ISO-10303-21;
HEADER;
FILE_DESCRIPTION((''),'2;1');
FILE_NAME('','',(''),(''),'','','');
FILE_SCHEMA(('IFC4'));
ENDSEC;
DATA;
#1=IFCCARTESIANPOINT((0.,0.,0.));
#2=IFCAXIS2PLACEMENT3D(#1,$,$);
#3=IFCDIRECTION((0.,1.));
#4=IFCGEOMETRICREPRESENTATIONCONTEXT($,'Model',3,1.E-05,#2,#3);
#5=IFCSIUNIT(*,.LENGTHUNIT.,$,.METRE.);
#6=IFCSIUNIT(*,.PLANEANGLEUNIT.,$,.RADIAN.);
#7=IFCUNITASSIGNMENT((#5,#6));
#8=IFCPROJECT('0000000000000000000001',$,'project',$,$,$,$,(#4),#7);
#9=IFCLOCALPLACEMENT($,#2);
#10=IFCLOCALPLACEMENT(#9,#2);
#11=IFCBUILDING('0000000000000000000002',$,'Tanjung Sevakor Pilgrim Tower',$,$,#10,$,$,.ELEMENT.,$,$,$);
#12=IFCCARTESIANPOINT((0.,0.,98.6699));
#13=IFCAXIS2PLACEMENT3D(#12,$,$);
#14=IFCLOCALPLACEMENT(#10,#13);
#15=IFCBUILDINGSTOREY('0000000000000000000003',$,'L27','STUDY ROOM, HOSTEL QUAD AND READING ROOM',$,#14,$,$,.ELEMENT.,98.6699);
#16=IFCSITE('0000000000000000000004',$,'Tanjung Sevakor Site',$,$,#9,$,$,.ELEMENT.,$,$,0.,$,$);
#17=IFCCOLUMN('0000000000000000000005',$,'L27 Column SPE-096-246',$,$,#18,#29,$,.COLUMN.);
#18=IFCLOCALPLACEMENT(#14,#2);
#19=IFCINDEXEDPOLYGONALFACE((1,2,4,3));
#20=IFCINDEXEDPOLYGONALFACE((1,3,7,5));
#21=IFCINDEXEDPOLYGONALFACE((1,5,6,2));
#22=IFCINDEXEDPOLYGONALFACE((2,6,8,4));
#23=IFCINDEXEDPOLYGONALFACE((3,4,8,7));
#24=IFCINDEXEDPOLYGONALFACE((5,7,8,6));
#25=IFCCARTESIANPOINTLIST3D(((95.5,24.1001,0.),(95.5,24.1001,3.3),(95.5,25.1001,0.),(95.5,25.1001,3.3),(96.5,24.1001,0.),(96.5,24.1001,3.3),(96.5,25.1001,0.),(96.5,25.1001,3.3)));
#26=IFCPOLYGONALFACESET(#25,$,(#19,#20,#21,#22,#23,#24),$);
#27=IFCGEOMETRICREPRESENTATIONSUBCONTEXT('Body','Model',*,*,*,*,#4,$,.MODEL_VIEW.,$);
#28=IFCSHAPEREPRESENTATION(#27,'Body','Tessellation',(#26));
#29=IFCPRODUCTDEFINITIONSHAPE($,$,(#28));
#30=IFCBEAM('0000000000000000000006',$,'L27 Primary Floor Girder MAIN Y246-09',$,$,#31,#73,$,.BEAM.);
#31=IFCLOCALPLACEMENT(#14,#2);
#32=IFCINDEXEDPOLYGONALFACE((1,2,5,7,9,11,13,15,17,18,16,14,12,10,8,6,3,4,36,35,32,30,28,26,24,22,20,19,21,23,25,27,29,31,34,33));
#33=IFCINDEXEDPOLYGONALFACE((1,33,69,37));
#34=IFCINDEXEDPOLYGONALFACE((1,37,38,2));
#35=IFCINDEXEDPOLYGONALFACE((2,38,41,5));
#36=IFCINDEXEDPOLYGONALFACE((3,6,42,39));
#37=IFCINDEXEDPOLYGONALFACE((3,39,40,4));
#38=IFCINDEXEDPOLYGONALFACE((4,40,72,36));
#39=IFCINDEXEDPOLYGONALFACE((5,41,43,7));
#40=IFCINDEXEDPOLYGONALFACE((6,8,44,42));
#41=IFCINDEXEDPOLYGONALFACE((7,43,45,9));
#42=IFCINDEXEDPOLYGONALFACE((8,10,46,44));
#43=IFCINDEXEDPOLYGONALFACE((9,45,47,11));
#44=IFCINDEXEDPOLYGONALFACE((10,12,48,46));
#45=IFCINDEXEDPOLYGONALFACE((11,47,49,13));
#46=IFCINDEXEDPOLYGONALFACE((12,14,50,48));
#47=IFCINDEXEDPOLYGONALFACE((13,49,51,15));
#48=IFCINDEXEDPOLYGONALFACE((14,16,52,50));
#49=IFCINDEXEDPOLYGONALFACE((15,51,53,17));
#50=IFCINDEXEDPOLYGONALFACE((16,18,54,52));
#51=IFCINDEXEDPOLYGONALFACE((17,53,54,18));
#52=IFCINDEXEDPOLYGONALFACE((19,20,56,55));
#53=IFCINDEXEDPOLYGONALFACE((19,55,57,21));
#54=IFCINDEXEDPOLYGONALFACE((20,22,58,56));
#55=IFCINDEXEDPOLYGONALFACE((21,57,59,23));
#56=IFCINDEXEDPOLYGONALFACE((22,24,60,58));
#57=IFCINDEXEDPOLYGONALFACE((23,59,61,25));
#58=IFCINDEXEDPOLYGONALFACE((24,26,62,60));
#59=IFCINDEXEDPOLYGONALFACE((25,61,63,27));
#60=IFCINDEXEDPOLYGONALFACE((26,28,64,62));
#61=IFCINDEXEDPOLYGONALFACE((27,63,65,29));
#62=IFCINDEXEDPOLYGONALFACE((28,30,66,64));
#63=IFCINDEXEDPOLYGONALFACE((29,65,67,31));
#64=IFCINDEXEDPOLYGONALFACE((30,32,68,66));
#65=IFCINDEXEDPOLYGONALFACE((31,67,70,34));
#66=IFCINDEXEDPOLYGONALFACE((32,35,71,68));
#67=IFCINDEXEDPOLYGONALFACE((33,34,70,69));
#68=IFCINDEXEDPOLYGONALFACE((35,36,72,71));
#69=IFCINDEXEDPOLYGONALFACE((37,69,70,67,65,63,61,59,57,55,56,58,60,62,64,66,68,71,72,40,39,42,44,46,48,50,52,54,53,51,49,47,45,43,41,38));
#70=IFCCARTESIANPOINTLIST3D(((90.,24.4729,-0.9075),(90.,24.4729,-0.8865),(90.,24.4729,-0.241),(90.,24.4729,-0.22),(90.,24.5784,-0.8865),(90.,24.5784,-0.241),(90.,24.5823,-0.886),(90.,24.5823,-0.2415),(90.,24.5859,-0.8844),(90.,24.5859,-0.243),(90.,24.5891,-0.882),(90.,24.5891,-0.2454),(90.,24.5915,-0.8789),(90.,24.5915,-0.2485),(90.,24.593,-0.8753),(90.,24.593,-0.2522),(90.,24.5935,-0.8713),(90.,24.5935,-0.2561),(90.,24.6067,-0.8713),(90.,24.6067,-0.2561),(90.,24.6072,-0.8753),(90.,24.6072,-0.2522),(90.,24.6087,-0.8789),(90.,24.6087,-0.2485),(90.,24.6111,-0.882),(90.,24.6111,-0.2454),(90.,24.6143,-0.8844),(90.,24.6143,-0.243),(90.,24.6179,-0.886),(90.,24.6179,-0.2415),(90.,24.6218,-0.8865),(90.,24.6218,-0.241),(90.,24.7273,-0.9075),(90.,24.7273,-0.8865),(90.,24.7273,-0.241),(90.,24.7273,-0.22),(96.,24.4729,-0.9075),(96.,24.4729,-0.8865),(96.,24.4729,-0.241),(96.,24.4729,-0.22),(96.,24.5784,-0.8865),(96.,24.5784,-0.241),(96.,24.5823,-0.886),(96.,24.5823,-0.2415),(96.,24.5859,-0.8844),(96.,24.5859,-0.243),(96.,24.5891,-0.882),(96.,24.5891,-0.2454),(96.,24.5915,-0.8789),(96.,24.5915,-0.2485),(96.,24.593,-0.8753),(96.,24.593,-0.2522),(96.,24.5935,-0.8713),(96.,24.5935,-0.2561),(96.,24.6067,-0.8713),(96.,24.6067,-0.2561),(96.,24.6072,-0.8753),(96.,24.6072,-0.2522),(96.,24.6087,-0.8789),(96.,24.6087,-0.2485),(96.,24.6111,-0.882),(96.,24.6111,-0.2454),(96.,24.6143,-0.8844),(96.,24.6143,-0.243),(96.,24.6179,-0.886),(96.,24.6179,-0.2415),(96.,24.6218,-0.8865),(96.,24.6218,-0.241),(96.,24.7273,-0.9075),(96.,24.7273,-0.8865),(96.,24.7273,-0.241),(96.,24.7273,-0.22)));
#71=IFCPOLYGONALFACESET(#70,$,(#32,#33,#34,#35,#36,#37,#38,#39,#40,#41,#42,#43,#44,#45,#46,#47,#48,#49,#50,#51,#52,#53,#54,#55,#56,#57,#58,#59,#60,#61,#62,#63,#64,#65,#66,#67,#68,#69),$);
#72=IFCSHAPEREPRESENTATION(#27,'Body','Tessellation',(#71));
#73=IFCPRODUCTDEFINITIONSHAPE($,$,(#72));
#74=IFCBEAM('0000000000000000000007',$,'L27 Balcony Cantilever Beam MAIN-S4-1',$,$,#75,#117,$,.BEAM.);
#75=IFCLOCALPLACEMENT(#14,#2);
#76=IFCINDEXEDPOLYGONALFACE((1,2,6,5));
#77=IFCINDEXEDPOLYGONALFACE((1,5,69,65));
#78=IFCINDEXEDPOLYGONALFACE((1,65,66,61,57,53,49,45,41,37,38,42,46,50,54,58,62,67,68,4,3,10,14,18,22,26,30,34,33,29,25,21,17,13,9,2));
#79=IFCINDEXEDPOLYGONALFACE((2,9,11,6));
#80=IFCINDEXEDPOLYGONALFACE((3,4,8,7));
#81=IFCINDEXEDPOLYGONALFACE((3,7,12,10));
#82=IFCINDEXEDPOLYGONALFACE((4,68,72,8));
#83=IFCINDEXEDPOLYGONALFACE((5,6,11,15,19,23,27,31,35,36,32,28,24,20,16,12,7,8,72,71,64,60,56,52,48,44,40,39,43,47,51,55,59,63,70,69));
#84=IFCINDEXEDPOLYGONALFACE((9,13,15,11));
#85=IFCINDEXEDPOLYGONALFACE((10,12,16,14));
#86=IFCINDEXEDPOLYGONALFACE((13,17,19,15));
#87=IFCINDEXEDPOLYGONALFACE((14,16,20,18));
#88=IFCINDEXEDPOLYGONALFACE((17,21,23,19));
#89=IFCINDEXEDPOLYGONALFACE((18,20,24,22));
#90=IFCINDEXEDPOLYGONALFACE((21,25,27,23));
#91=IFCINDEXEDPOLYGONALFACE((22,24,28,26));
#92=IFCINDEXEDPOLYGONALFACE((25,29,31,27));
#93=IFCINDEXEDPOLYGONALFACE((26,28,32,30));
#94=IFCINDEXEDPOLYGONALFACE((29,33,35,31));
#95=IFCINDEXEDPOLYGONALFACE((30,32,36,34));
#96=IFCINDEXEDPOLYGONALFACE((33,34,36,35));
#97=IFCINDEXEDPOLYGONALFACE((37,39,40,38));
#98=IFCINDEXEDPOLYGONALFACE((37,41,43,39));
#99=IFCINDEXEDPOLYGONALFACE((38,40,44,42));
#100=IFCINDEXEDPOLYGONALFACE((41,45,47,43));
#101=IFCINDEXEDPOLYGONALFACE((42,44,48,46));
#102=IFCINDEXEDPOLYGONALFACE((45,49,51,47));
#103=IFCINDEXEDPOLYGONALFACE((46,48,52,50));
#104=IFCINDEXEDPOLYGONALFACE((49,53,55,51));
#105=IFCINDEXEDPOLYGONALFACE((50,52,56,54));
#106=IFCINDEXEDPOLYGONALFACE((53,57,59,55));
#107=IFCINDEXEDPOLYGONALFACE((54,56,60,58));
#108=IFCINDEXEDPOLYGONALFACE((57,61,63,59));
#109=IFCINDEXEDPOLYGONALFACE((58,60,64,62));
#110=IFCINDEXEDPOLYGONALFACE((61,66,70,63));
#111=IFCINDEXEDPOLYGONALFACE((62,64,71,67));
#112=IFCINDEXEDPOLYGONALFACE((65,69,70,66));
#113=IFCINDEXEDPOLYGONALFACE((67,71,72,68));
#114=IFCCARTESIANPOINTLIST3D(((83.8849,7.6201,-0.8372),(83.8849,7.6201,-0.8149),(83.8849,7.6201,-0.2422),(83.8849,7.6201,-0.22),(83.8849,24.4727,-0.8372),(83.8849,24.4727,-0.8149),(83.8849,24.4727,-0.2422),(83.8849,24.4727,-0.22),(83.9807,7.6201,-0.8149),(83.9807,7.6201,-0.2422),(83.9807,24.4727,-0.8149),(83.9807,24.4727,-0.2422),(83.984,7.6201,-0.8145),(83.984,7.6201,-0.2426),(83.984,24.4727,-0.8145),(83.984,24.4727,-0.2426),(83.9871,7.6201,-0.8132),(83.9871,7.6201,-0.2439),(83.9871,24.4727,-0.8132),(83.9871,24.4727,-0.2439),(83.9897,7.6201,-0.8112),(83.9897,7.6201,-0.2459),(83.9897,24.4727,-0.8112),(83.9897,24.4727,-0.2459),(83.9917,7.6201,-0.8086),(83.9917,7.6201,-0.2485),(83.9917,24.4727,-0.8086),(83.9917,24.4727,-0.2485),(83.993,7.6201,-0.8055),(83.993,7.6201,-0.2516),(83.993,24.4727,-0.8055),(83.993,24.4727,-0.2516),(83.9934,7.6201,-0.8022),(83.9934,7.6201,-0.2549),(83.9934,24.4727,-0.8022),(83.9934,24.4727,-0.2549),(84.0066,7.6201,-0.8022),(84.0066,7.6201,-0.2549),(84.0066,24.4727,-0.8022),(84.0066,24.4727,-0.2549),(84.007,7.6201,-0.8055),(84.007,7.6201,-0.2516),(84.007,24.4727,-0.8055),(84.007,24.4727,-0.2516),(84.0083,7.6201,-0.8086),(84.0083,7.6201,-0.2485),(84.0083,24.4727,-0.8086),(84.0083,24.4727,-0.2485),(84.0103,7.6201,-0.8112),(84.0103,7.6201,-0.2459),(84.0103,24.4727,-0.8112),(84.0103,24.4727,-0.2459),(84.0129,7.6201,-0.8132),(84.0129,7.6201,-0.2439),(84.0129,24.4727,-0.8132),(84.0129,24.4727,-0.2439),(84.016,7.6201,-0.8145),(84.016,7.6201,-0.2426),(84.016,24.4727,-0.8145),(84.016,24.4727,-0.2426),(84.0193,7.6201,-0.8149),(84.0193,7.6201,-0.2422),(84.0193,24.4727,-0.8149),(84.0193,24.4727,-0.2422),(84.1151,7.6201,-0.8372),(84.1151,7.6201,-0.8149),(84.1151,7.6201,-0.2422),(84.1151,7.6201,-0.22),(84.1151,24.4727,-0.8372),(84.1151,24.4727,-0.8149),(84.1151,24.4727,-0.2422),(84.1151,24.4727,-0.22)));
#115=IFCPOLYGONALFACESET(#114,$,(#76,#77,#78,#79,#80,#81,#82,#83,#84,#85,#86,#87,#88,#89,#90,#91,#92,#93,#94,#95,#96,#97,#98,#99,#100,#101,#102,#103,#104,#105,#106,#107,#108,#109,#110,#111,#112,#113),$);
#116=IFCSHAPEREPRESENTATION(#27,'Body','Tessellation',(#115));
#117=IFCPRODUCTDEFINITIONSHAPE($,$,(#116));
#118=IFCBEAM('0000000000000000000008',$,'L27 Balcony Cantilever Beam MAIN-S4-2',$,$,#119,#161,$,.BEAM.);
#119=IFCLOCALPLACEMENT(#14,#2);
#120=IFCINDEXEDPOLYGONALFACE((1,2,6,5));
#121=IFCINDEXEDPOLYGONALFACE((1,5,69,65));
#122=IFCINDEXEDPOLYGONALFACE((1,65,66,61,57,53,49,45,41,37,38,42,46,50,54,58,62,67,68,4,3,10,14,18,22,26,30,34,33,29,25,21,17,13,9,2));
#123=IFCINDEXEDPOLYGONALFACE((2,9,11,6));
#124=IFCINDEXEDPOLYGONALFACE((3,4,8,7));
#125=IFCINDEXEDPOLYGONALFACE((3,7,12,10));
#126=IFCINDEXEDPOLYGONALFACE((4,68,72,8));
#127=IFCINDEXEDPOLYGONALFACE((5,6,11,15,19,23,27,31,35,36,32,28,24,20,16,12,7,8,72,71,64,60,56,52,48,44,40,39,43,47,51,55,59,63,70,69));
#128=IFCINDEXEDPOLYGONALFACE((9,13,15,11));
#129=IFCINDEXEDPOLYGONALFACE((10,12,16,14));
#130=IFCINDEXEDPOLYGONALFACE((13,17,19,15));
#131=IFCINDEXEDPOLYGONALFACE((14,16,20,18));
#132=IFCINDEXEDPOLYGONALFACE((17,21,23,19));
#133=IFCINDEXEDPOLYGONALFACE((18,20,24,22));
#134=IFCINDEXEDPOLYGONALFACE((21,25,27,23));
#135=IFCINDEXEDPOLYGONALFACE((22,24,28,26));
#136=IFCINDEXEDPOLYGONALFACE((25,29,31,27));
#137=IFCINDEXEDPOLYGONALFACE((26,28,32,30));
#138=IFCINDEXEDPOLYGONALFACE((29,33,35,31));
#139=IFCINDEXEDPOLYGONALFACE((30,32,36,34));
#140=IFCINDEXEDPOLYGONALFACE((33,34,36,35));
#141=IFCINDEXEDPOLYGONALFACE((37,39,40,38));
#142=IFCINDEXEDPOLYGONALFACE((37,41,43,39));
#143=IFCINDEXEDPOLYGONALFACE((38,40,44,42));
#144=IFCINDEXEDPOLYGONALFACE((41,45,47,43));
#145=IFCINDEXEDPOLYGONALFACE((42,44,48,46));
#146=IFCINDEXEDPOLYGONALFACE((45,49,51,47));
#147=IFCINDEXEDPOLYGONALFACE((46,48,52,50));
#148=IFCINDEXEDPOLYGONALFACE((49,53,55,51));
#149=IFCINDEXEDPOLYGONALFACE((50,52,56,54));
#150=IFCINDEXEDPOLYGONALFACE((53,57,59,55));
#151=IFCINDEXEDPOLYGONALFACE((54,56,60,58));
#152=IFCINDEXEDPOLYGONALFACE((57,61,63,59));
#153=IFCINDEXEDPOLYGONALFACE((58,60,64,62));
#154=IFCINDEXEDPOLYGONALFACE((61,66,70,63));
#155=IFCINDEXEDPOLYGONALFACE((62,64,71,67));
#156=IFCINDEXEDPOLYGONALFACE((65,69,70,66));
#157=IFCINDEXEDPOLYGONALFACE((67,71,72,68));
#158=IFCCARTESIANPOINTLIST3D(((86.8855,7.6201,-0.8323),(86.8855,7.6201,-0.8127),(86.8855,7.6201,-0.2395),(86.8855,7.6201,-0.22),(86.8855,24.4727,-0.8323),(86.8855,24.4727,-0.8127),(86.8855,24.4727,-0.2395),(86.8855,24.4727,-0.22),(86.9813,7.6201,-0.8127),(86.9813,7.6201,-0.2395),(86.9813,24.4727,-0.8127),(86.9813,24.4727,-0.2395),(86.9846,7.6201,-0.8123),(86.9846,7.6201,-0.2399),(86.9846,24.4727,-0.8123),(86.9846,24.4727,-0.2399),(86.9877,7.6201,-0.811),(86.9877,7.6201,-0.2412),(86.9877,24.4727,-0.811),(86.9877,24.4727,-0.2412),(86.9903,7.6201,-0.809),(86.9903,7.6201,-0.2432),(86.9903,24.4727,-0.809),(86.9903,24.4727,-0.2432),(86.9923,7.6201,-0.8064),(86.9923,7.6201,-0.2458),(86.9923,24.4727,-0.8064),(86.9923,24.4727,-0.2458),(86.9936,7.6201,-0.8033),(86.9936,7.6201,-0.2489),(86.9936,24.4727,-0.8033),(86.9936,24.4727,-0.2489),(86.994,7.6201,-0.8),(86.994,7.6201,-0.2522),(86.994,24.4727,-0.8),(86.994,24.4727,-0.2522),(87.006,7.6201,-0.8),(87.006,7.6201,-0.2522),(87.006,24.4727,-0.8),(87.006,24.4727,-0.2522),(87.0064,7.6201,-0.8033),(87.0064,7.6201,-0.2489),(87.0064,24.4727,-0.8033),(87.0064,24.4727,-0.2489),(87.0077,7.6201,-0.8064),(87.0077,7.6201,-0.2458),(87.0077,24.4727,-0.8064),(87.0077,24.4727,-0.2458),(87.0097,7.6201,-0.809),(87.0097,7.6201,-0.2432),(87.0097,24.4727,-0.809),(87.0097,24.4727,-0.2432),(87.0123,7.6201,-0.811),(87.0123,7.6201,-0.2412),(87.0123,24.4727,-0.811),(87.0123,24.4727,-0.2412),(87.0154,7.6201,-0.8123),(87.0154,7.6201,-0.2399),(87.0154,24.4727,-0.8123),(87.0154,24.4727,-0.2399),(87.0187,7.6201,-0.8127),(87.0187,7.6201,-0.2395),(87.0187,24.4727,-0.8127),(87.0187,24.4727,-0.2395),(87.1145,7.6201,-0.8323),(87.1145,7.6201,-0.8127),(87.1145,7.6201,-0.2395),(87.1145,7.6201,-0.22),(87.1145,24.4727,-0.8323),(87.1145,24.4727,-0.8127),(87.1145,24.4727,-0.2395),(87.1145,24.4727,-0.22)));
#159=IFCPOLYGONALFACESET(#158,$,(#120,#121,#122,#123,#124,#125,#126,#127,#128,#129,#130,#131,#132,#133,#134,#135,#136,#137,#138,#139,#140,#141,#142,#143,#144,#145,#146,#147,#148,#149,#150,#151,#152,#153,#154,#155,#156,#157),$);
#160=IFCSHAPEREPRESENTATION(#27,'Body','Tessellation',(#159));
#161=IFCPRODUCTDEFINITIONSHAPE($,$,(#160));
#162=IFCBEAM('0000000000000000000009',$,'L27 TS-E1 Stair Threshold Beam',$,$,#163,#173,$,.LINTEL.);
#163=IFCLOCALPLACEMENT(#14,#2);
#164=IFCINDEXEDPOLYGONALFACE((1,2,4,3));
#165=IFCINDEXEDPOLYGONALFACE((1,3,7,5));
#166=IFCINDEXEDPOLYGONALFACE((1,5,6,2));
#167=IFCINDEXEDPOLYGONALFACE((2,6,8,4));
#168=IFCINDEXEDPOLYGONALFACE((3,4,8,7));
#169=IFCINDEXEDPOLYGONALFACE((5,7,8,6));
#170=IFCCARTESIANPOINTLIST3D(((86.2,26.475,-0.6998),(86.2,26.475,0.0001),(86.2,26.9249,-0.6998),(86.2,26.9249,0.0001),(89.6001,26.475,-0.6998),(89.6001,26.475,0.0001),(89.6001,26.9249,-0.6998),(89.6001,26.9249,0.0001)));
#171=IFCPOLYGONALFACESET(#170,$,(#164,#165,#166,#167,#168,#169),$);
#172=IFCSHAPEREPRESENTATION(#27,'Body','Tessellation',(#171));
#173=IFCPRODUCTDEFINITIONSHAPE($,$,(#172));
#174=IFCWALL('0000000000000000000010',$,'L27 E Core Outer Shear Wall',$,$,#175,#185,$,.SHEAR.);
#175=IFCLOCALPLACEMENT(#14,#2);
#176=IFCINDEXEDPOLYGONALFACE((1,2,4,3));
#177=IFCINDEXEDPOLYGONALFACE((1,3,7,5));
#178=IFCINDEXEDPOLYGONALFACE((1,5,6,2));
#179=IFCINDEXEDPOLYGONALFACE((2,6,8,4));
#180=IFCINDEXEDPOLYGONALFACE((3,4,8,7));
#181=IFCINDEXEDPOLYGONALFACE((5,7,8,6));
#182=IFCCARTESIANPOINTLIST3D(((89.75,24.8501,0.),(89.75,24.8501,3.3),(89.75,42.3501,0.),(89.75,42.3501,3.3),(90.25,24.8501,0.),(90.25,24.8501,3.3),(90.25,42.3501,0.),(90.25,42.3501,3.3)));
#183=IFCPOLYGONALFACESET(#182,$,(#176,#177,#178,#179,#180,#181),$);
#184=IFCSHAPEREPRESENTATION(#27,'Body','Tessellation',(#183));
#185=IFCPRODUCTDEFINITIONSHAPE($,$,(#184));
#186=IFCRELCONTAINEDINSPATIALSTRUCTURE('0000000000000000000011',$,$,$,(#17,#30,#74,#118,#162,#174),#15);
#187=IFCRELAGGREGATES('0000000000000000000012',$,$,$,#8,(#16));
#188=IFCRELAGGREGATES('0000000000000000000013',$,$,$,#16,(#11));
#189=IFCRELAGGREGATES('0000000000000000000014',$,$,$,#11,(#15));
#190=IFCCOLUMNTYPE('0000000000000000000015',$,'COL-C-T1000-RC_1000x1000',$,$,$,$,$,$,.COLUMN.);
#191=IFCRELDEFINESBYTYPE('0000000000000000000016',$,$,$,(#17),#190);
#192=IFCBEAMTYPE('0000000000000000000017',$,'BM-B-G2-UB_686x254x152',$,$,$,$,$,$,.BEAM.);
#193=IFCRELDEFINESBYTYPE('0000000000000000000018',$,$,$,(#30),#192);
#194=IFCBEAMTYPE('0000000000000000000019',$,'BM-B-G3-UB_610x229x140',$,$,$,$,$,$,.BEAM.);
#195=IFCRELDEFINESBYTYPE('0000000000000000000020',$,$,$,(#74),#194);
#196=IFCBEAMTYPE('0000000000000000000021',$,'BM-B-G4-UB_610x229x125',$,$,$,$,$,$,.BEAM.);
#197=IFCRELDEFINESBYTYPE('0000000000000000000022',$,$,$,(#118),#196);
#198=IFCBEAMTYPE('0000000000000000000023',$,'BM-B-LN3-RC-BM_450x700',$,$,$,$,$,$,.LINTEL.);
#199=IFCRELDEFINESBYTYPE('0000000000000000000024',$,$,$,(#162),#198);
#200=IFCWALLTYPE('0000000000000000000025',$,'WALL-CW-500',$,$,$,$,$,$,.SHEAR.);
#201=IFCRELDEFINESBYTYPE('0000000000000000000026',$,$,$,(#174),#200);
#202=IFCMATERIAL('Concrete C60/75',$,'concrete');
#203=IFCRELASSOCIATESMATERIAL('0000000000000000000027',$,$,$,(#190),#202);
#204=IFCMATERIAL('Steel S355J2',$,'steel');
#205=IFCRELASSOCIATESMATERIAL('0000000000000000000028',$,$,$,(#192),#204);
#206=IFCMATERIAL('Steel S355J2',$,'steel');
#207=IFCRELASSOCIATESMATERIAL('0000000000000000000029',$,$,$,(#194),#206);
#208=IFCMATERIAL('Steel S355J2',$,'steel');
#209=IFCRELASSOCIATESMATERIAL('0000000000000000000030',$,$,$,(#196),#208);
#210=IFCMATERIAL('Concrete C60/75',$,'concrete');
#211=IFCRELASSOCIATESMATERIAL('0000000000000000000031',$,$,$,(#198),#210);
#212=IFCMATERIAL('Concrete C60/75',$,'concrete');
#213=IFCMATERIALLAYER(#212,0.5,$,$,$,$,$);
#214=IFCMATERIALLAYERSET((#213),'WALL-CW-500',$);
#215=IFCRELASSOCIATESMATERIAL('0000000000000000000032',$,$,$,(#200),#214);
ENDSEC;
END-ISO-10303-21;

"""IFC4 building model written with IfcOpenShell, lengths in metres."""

from ifc_helpers import new_model, si_unit, direction, frame, frame_2d, origin, origin_2d, place, context, subcontext, project, spatial, rectangle, i_section, extrude, material, layer, layer_set, material_profile, profile_set, type_object, element, save


model = new_model("IFC4")

# Units and contexts
model_context = context("Model", 3, precision=1e-05, world=origin(), true_north=direction((0.0, 1.0)))
body_context = subcontext(model_context, "Body", "Model", "MODEL_VIEW")
ifc_project = project(units=[si_unit("LENGTHUNIT", "METRE"), si_unit("PLANEANGLEUNIT", "RADIAN")], contexts=[model_context])

# Site, building, storey
site_placement = place(None, origin())
site = spatial("IfcSite", under=ifc_project, at=site_placement, Name="Tanjung Sevakor Site", CompositionType="ELEMENT", RefElevation=0.0)
building_placement = place(site_placement, origin())
building = spatial("IfcBuilding", under=site, at=building_placement, Name="Tanjung Sevakor Pilgrim Tower", CompositionType="ELEMENT")
storey_placement = place(building_placement, frame((0.0, 0.0, 98.6699)))
storey = spatial("IfcBuildingStorey", under=building, at=storey_placement, Name="L27", Description="STUDY ROOM, HOSTEL QUAD AND READING ROOM", CompositionType="ELEMENT", Elevation=98.6699)

# Column
ifc_material_1 = material(Name="Concrete C60/75", Category="concrete")
ifc_material_profile_1 = material_profile(ifc_material_1, rectangle(XDim=1.0, YDim=1.0, at=origin_2d()))
ifc_profile_set_1 = profile_set([ifc_material_profile_1], Name="Concrete C60/75")
column_type = type_object("IfcColumnType", Name="COL-C-T1000-RC_1000x1000", PredefinedType="COLUMN", material=ifc_profile_set_1)
column_placement = place(storey_placement, frame((96.0, 24.6001, 0.0), z_axis=(0.0, 0.0, 1.0), x_axis=(1.0, 0.0, 0.0)))
element("IfcColumn", 1, at=column_placement, inside=storey, type_object=column_type, Name="L27 Column SPE-096-246", PredefinedType="COLUMN", context=body_context, shape_type="SweptSolid", body=[
    extrude(rectangle(XDim=1.0, YDim=1.0, at=origin_2d()), origin(), (0.0, 0.0, 1.0), 3.3),
])

# Beams
ifc_material_2 = material(Name="Steel S355J2", Category="steel")
ifc_material_profile_2 = material_profile(ifc_material_2, i_section(OverallWidth=0.2544, OverallDepth=0.6875, WebThickness=0.0132, FlangeThickness=0.021, FilletRadius=0.0151, at=origin_2d()))
ifc_profile_set_2 = profile_set([ifc_material_profile_2], Name="Steel S355J2")
beam_type_1 = type_object("IfcBeamType", Name="BM-B-G2-UB_686x254x152", PredefinedType="BEAM", material=ifc_profile_set_2)
beam_1_placement = place(storey_placement, frame((90.0, 24.6001, -0.5637), z_axis=(1.0, 0.0, 0.0), x_axis=(0.0, 1.0, 0.0)))
element("IfcBeam", 2, at=beam_1_placement, inside=storey, type_object=beam_type_1, Name="L27 Primary Floor Girder MAIN Y246-09", PredefinedType="BEAM", context=body_context, shape_type="SweptSolid", body=[
    extrude(i_section(OverallWidth=0.2544, OverallDepth=0.6875, WebThickness=0.0132, FlangeThickness=0.021, FilletRadius=0.0151, at=origin_2d()), origin(), (0.0, 0.0, 1.0), 6.0),
])
ifc_material_3 = material(Name="Steel S355J2", Category="steel")
ifc_material_profile_3 = material_profile(ifc_material_3, i_section(OverallWidth=0.2302, OverallDepth=0.6172, WebThickness=0.0132, FlangeThickness=0.0222, FilletRadius=0.0127, at=origin_2d()))
ifc_profile_set_3 = profile_set([ifc_material_profile_3], Name="Steel S355J2")
beam_type_2 = type_object("IfcBeamType", Name="BM-B-G3-UB_610x229x140", PredefinedType="BEAM", material=ifc_profile_set_3)
beam_2_placement = place(storey_placement, frame((84.0, 24.4727, -0.5286), z_axis=(0.0, -1.0, 0.0), x_axis=(1.0, 0.0, 0.0)))
element("IfcBeam", 3, at=beam_2_placement, inside=storey, type_object=beam_type_2, Name="L27 Balcony Cantilever Beam MAIN-S4-1", PredefinedType="BEAM", context=body_context, shape_type="SweptSolid", body=[
    extrude(i_section(OverallWidth=0.2302, OverallDepth=0.6172, WebThickness=0.0132, FlangeThickness=0.0222, FilletRadius=0.0127, at=origin_2d()), origin(), (0.0, 0.0, 1.0), 16.8525),
])
ifc_material_4 = material(Name="Steel S355J2", Category="steel")
ifc_material_profile_4 = material_profile(ifc_material_4, i_section(OverallWidth=0.229, OverallDepth=0.6123, WebThickness=0.012, FlangeThickness=0.0195, FilletRadius=0.0127, at=origin_2d()))
ifc_profile_set_4 = profile_set([ifc_material_profile_4], Name="Steel S355J2")
beam_type_3 = type_object("IfcBeamType", Name="BM-B-G4-UB_610x229x125", PredefinedType="BEAM", material=ifc_profile_set_4)
beam_3_placement = place(storey_placement, frame((87.0, 24.4727, -0.5261), z_axis=(0.0, -1.0, 0.0), x_axis=(1.0, 0.0, 0.0)))
element("IfcBeam", 4, at=beam_3_placement, inside=storey, type_object=beam_type_3, Name="L27 Balcony Cantilever Beam MAIN-S4-2", PredefinedType="BEAM", context=body_context, shape_type="SweptSolid", body=[
    extrude(i_section(OverallWidth=0.229, OverallDepth=0.6123, WebThickness=0.012, FlangeThickness=0.0195, FilletRadius=0.0127, at=origin_2d()), origin(), (0.0, 0.0, 1.0), 16.8525),
])
ifc_material_5 = material(Name="Concrete C60/75", Category="concrete")
ifc_material_profile_5 = material_profile(ifc_material_5, rectangle(XDim=0.45, YDim=0.7, at=origin_2d()))
ifc_profile_set_5 = profile_set([ifc_material_profile_5], Name="Concrete C60/75")
beam_type_4 = type_object("IfcBeamType", Name="BM-B-LN3-RC-BM_450x700", PredefinedType="LINTEL", material=ifc_profile_set_5)
beam_4_placement = place(storey_placement, frame((86.2, 26.7, -0.3499), z_axis=(1.0, 0.0, 0.0), x_axis=(0.0, 1.0, 0.0)))
element("IfcBeam", 5, at=beam_4_placement, inside=storey, type_object=beam_type_4, Name="L27 TS-E1 Stair Threshold Beam", PredefinedType="LINTEL", context=body_context, shape_type="SweptSolid", body=[
    extrude(rectangle(XDim=0.45, YDim=0.7, at=origin_2d()), origin(), (0.0, 0.0, 1.0), 3.4001),
])

# Wall
ifc_material_6 = material(Name="Concrete C60/75", Category="concrete")
ifc_layer_1 = layer(ifc_material_6, 0.5)
ifc_layer_set_1 = layer_set([ifc_layer_1], Name="WALL-CW-500")
wall_type_1 = type_object("IfcWallType", Name="WALL-CW-500", PredefinedType="SHEAR", material=ifc_layer_set_1)
wall_1_placement = place(storey_placement, frame((90.0, 24.8501, 0.0), z_axis=(0.0, 0.0, 1.0), x_axis=(0.0, 1.0, 0.0)))
element("IfcWall", 6, at=wall_1_placement, inside=storey, type_object=wall_type_1, Name="L27 E Core Outer Shear Wall", PredefinedType="SHEAR", context=body_context, shape_type="SweptSolid", body=[
    extrude(rectangle(XDim=17.5, YDim=0.5, at=frame_2d((8.75, 0.0))), origin(), (0.0, 0.0, 1.0), 3.3),
])

save(model, "model.ifc")
